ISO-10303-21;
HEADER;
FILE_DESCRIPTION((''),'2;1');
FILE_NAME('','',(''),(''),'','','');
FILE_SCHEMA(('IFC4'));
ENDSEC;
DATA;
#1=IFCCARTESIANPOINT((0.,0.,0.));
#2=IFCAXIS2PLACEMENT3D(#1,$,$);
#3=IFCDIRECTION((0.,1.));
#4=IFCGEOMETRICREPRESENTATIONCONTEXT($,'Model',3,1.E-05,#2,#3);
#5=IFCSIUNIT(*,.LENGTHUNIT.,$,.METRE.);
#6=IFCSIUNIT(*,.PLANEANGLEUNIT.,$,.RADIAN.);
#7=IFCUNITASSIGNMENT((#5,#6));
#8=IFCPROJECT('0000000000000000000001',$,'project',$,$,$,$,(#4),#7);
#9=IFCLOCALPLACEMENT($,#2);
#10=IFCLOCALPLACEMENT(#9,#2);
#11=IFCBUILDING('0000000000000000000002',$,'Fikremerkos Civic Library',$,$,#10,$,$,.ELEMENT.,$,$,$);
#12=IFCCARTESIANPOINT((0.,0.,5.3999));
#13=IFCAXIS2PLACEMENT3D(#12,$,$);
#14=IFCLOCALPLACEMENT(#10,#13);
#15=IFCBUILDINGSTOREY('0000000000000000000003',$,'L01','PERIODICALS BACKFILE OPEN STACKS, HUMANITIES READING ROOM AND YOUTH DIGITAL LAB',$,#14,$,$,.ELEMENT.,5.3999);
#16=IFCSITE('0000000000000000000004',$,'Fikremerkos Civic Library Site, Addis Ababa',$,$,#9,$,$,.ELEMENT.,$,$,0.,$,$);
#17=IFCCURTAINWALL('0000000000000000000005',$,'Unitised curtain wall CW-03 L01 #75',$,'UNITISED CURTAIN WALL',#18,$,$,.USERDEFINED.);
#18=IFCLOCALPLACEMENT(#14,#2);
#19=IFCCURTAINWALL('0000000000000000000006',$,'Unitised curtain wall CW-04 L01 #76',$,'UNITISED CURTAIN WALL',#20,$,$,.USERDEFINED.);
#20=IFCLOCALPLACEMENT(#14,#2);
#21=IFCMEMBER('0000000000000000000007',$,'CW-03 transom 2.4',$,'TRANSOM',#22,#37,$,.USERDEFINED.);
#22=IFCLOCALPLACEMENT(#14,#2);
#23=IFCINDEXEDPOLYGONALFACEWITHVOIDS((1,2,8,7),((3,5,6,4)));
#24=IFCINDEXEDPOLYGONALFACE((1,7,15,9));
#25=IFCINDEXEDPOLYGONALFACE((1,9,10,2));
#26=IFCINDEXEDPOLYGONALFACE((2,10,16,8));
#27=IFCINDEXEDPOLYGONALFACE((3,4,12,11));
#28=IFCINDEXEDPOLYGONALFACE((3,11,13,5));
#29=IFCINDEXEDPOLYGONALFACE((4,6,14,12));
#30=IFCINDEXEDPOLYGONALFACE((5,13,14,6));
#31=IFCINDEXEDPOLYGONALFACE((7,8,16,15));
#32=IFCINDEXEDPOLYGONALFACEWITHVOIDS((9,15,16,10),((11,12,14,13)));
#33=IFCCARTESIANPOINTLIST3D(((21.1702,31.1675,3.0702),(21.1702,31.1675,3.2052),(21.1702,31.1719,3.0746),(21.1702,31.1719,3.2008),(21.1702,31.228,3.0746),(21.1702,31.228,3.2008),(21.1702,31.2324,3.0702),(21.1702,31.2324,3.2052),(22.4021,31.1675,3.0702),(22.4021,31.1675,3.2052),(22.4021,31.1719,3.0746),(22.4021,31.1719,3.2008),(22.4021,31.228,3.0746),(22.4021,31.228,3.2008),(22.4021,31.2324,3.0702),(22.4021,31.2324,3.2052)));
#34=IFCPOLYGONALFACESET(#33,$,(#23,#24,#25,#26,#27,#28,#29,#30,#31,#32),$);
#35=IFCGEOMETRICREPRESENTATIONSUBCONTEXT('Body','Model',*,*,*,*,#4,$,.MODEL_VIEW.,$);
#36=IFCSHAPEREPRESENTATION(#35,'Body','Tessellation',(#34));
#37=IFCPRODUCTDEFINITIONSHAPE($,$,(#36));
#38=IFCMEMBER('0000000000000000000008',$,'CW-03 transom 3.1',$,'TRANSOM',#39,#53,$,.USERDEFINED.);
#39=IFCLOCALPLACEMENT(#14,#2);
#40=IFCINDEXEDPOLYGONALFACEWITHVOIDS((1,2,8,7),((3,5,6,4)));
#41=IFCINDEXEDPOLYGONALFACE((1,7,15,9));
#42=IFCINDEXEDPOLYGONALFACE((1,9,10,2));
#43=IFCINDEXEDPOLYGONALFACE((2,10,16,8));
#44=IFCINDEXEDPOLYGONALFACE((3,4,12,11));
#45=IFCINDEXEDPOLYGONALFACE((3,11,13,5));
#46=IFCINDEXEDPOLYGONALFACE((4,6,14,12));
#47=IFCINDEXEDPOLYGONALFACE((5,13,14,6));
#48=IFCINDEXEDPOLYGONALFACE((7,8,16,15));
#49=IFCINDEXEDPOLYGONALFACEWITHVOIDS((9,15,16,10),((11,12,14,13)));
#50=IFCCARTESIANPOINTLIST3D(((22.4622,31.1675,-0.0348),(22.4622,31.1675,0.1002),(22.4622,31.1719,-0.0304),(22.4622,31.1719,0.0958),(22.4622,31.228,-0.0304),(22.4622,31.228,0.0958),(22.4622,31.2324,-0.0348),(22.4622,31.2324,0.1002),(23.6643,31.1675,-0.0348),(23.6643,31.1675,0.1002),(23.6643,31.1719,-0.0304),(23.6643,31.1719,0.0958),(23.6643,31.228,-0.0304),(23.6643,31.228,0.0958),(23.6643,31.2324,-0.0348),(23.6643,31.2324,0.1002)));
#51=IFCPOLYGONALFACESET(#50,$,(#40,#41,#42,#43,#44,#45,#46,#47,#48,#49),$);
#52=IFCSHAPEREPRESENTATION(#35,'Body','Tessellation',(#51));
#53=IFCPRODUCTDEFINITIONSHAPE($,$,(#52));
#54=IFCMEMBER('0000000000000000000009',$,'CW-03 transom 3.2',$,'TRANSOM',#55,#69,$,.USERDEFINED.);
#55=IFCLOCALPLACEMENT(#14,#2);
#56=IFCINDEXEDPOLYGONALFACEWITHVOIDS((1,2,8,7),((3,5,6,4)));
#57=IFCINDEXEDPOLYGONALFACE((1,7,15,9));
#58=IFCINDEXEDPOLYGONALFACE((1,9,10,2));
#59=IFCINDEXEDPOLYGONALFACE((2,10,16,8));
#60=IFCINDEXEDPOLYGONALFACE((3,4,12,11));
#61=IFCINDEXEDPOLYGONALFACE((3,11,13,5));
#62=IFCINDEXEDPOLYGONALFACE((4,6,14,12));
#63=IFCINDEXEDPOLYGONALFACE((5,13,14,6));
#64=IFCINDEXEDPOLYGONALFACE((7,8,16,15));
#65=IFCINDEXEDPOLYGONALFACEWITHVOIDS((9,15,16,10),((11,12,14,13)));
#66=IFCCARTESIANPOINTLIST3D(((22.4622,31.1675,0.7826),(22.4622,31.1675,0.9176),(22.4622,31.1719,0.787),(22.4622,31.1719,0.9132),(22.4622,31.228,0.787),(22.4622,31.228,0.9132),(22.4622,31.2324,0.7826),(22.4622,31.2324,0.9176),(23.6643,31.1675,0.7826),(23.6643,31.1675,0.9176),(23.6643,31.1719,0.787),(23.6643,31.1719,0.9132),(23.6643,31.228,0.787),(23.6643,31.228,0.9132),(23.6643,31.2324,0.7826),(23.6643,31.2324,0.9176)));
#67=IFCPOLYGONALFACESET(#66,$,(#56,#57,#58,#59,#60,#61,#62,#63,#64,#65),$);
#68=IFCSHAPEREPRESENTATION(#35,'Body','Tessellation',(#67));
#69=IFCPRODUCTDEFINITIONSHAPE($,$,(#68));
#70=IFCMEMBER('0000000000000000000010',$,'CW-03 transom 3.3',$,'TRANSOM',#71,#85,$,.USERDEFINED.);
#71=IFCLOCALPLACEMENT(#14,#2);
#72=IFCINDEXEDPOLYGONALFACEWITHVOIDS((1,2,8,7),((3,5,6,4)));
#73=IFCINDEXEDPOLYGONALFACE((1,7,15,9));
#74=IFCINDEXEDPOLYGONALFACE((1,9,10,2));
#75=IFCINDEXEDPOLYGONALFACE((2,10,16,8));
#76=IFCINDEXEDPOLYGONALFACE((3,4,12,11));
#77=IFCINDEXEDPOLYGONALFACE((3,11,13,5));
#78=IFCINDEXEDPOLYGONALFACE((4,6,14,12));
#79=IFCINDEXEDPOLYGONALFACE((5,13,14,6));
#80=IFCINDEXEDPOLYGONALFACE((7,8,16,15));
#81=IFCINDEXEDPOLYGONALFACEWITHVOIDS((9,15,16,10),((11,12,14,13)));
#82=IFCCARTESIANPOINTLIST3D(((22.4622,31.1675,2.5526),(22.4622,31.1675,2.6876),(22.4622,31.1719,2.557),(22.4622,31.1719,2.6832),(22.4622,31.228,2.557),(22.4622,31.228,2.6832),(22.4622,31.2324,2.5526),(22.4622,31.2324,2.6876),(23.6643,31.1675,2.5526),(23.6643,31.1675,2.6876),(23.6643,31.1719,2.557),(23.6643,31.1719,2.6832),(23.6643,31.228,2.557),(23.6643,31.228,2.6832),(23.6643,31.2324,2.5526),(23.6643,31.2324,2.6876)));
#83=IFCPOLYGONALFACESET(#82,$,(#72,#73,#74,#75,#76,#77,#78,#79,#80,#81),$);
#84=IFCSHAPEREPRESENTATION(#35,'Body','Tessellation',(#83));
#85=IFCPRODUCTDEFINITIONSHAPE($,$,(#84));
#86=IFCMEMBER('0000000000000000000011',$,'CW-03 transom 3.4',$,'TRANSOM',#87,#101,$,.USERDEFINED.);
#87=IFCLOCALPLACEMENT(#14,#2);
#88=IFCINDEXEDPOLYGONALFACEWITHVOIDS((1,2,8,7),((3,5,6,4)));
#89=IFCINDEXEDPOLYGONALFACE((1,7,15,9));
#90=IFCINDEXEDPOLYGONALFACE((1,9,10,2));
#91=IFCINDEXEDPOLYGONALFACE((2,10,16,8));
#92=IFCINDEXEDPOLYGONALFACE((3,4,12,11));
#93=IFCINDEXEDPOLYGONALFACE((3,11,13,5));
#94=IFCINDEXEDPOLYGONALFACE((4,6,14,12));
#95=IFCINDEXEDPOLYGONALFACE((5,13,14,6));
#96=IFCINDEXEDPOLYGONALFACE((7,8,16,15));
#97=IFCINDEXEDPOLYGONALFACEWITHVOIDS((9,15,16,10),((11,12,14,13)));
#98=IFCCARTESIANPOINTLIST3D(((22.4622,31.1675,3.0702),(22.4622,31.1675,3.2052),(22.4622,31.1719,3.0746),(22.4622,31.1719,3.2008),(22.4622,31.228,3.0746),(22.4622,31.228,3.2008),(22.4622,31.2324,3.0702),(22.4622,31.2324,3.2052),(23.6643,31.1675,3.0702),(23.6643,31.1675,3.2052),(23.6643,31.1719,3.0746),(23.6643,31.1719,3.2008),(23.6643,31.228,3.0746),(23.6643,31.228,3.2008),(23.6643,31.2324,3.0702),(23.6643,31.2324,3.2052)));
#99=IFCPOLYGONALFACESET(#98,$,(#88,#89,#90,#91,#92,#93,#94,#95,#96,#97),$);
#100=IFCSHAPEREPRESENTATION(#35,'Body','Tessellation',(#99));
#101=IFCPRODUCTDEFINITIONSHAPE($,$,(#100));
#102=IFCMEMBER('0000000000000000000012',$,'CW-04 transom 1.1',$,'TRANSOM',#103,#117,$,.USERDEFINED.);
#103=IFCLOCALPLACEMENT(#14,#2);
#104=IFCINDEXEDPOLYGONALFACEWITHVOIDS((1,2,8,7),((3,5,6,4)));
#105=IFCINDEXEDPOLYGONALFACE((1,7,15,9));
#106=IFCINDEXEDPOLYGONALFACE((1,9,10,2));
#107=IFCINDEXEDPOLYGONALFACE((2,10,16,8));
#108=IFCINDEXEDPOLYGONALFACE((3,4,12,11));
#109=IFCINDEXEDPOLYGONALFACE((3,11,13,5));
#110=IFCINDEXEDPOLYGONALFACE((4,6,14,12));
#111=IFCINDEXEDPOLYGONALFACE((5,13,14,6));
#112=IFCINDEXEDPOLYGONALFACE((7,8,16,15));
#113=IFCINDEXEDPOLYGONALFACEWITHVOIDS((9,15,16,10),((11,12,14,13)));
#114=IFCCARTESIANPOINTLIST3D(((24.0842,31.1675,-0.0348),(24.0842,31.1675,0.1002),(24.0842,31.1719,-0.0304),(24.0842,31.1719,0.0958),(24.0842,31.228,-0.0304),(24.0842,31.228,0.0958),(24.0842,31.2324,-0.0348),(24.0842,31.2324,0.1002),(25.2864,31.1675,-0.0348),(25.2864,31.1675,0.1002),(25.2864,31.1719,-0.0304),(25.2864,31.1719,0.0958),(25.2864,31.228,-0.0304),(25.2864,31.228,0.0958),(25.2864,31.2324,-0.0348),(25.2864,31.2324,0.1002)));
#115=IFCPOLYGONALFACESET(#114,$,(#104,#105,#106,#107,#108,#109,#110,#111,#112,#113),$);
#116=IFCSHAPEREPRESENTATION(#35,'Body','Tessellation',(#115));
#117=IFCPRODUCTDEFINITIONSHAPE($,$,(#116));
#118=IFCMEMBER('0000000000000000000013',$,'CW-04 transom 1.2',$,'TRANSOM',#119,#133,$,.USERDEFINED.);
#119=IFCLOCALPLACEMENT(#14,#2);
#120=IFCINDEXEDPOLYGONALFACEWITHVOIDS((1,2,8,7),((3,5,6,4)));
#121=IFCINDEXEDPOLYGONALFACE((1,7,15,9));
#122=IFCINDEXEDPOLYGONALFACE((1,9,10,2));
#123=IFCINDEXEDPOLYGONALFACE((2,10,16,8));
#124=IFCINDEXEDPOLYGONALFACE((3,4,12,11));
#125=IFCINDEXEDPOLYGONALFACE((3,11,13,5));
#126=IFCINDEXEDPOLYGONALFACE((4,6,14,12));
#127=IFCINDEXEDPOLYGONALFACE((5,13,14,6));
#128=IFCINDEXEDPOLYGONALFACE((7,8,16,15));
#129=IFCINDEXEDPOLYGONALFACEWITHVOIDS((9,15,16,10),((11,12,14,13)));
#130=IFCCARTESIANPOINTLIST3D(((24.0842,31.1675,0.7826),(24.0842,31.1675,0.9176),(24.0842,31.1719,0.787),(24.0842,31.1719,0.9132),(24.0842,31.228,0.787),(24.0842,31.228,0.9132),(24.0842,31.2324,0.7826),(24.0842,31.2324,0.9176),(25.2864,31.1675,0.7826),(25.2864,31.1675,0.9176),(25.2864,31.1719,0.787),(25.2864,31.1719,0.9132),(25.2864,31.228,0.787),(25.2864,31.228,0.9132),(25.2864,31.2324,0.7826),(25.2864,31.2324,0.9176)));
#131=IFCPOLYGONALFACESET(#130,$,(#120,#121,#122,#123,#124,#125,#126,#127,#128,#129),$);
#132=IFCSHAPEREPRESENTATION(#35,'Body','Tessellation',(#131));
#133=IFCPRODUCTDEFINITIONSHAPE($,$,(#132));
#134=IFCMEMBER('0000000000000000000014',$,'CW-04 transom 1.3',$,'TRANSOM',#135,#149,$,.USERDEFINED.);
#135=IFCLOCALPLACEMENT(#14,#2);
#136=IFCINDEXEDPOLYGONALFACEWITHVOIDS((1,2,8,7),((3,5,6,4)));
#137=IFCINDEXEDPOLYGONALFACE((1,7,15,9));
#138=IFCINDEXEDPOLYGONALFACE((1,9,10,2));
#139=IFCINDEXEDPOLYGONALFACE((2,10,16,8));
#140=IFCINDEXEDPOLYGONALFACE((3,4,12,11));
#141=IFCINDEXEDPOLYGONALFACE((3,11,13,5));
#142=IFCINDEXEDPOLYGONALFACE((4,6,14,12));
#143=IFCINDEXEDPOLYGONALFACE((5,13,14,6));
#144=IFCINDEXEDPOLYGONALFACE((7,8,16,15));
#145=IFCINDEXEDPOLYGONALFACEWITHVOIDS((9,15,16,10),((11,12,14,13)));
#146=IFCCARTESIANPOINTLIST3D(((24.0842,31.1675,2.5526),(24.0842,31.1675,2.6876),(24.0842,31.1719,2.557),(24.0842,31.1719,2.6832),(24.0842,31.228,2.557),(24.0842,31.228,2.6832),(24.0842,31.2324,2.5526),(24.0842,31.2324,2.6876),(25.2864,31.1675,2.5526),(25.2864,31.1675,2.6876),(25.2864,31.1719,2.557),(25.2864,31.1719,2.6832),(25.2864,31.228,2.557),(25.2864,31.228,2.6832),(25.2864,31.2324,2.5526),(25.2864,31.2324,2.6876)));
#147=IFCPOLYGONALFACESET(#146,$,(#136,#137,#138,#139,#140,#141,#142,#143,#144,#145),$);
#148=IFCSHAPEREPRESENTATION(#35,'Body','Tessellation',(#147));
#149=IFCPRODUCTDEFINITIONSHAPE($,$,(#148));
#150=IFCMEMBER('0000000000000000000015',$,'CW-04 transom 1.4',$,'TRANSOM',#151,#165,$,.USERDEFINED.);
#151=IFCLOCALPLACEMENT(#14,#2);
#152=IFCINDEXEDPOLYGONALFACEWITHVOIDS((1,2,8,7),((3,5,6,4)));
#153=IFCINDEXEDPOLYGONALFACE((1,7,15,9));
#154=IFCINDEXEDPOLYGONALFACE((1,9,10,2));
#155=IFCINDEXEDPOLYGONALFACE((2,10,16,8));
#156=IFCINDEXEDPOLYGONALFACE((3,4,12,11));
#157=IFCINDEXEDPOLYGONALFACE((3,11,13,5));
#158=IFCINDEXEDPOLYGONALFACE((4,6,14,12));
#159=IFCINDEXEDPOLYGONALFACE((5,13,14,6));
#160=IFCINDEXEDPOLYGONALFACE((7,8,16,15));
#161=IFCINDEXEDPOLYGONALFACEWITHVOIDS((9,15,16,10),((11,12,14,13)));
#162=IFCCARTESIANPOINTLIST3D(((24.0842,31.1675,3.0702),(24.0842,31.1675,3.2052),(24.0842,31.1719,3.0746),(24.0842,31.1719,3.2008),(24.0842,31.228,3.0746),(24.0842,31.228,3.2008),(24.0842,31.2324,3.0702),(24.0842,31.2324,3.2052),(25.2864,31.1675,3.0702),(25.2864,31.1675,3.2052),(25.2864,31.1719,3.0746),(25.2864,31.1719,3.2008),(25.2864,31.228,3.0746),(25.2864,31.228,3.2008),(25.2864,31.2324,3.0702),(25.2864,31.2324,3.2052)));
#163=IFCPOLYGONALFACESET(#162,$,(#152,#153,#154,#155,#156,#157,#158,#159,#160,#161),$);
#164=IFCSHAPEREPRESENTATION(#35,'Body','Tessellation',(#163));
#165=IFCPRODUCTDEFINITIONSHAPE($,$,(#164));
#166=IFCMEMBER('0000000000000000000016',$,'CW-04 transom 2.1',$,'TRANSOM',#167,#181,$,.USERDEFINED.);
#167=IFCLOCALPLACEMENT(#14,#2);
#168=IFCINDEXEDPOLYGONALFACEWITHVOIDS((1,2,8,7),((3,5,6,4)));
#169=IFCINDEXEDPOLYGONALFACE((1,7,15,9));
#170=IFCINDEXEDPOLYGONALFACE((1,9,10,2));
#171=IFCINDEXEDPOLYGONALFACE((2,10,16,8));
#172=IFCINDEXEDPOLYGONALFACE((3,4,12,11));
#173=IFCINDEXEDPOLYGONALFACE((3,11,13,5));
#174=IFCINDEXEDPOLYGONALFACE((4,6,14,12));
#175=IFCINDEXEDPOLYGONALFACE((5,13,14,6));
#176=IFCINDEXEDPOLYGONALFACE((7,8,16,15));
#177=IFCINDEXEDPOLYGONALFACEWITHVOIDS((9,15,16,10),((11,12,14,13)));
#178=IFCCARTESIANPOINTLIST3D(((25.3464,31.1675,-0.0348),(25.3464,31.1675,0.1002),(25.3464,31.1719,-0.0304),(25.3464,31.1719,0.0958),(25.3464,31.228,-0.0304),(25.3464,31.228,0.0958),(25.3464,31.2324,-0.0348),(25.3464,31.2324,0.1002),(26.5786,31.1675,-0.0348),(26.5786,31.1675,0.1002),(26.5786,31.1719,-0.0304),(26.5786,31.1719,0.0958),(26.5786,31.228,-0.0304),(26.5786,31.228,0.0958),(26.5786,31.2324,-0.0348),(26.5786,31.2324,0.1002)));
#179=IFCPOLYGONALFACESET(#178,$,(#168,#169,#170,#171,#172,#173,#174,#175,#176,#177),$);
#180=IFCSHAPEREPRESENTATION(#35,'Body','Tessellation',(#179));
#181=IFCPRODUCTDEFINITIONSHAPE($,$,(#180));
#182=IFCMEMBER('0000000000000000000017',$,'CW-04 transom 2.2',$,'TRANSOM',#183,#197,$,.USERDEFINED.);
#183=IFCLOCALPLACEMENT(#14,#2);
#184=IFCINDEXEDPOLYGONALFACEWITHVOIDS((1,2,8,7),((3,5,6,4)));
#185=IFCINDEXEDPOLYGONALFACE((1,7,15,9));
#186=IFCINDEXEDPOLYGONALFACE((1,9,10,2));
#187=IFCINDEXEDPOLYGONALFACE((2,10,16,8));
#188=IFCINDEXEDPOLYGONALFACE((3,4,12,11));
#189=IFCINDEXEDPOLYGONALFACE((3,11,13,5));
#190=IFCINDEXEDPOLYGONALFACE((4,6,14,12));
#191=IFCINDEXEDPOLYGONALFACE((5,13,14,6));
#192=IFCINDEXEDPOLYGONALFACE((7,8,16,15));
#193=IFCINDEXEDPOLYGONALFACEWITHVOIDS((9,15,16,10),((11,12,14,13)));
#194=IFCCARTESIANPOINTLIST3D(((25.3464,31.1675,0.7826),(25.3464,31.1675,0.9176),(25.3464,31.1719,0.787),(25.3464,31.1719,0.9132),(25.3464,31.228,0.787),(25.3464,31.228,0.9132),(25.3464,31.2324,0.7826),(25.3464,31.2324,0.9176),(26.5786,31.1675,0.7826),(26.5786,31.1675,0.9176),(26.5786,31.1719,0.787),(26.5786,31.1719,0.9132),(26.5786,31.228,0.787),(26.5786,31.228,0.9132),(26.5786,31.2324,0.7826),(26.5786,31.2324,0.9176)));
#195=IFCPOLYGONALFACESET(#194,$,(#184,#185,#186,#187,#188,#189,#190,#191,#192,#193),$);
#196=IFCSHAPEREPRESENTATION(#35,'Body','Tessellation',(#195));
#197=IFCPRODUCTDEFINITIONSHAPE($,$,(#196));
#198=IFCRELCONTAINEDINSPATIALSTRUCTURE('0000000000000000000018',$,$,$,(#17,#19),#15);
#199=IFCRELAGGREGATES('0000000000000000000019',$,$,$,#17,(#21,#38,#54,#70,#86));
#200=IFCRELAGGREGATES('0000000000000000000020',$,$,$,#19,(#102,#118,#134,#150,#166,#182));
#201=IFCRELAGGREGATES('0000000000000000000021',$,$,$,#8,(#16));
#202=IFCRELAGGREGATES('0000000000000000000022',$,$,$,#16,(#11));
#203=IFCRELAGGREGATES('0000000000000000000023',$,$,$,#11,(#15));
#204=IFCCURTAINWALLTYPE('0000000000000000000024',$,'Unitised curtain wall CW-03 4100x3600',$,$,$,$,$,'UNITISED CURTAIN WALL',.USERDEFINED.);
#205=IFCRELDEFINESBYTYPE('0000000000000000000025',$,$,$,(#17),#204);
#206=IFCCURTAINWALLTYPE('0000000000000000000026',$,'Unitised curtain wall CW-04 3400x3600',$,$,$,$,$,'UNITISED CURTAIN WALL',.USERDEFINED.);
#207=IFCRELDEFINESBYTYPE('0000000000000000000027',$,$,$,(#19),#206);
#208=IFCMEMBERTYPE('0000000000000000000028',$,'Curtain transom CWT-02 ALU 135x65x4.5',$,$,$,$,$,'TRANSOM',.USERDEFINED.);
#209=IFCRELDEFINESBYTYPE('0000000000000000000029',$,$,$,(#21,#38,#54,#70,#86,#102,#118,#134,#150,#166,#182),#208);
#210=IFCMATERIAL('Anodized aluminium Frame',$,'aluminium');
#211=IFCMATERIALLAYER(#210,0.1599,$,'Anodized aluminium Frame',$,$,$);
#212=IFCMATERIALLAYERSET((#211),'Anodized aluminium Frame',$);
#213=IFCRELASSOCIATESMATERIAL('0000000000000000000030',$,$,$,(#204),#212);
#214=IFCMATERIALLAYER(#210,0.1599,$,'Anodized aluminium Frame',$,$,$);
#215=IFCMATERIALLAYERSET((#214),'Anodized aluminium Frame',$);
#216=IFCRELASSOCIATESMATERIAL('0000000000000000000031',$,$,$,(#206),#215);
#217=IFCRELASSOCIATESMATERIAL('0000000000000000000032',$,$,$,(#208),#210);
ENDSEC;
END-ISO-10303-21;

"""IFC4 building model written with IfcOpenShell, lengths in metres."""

from ifc_helpers import new_model, si_unit, direction, frame, origin, origin_2d, place, context, subcontext, project, spatial, hollow_rectangle, extrude, material, layer, layer_set, material_profile, profile_set, type_object, element, aggregate, save


model = new_model("IFC4")

# Units and contexts
model_context = context("Model", 3, precision=1e-05, world=origin(), true_north=direction((0.0, 1.0)))
body_context = subcontext(model_context, "Body", "Model", "MODEL_VIEW")
ifc_project = project(units=[si_unit("LENGTHUNIT", "METRE"), si_unit("PLANEANGLEUNIT", "RADIAN")], contexts=[model_context])

# Site, building, storey
site_placement = place(None, origin())
site = spatial("IfcSite", under=ifc_project, at=site_placement, Name="Fikremerkos Civic Library Site, Addis Ababa", CompositionType="ELEMENT", RefElevation=0.0)
building_placement = place(site_placement, origin())
building = spatial("IfcBuilding", under=site, at=building_placement, Name="Fikremerkos Civic Library", CompositionType="ELEMENT")
storey_placement = place(building_placement, frame((0.0, 0.0, 5.3999)))
storey = spatial("IfcBuildingStorey", under=building, at=storey_placement, Name="L01", Description="PERIODICALS BACKFILE OPEN STACKS, HUMANITIES READING ROOM AND YOUTH DIGITAL LAB", CompositionType="ELEMENT", Elevation=5.3999)

# Curtain walls
ifc_material_1 = material(Name="Anodized aluminium Frame", Category="aluminium")
ifc_layer_1 = layer(ifc_material_1, 0.1599, Name="Anodized aluminium Frame")
ifc_layer_set_1 = layer_set([ifc_layer_1], Name="Anodized aluminium Frame")
curtain_wall_type_1 = type_object("IfcCurtainWallType", Name="Unitised curtain wall CW-03 4100x3600", ElementType="UNITISED CURTAIN WALL", PredefinedType="USERDEFINED", material=ifc_layer_set_1)
curtain_wall_1_placement = place(storey_placement, origin())
curtain_wall_1 = element("IfcCurtainWall", 1, at=curtain_wall_1_placement, inside=storey, type_object=curtain_wall_type_1, Name="Unitised curtain wall CW-03 L01 #75", ObjectType="UNITISED CURTAIN WALL", PredefinedType="USERDEFINED")
ifc_layer_2 = layer(ifc_material_1, 0.1599, Name="Anodized aluminium Frame")
ifc_layer_set_2 = layer_set([ifc_layer_2], Name="Anodized aluminium Frame")
curtain_wall_type_2 = type_object("IfcCurtainWallType", Name="Unitised curtain wall CW-04 3400x3600", ElementType="UNITISED CURTAIN WALL", PredefinedType="USERDEFINED", material=ifc_layer_set_2)
curtain_wall_2_placement = place(storey_placement, origin())
curtain_wall_2 = element("IfcCurtainWall", 2, at=curtain_wall_2_placement, inside=storey, type_object=curtain_wall_type_2, Name="Unitised curtain wall CW-04 L01 #76", ObjectType="UNITISED CURTAIN WALL", PredefinedType="USERDEFINED")

# Members
ifc_material_profile_1 = material_profile(ifc_material_1, hollow_rectangle(XDim=0.0649, YDim=0.135, WallThickness=0.0044, at=origin_2d()), Name="ALU 135x65x4.5")
ifc_profile_set_1 = profile_set([ifc_material_profile_1], Name="Anodized aluminium Frame")
member_type_1 = type_object("IfcMemberType", Name="Curtain transom CWT-02 ALU 135x65x4.5", ElementType="TRANSOM", PredefinedType="USERDEFINED", material=ifc_profile_set_1)
member_1_placement = place(storey_placement, frame((21.1702, 31.2, 3.1377), z_axis=(1.0, 0.0, 0.0), x_axis=(0.0, 1.0, 0.0)))
member_1 = element("IfcMember", 3, at=member_1_placement, type_object=member_type_1, Name="CW-03 transom 2.4", ObjectType="TRANSOM", PredefinedType="USERDEFINED", context=body_context, shape_type="SweptSolid", body=[
    extrude(hollow_rectangle(XDim=0.0649, YDim=0.135, WallThickness=0.0044, at=origin_2d()), origin(), (0.0, 0.0, 1.0), 1.2319),
])
member_2_placement = place(storey_placement, frame((22.4622, 31.2, 0.0327), z_axis=(1.0, 0.0, 0.0), x_axis=(0.0, 1.0, 0.0)))
member_2 = element("IfcMember", 4, at=member_2_placement, type_object=member_type_1, Name="CW-03 transom 3.1", ObjectType="TRANSOM", PredefinedType="USERDEFINED", context=body_context, shape_type="SweptSolid", body=[
    extrude(hollow_rectangle(XDim=0.0649, YDim=0.135, WallThickness=0.0044, at=origin_2d()), origin(), (0.0, 0.0, 1.0), 1.2021),
])
member_3_placement = place(storey_placement, frame((22.4622, 31.2, 0.8501), z_axis=(1.0, 0.0, 0.0), x_axis=(0.0, 1.0, 0.0)))
member_3 = element("IfcMember", 5, at=member_3_placement, type_object=member_type_1, Name="CW-03 transom 3.2", ObjectType="TRANSOM", PredefinedType="USERDEFINED", context=body_context, shape_type="SweptSolid", body=[
    extrude(hollow_rectangle(XDim=0.0649, YDim=0.135, WallThickness=0.0044, at=origin_2d()), origin(), (0.0, 0.0, 1.0), 1.2021),
])
member_4_placement = place(storey_placement, frame((22.4622, 31.2, 2.6201), z_axis=(1.0, 0.0, 0.0), x_axis=(0.0, 1.0, 0.0)))
member_4 = element("IfcMember", 6, at=member_4_placement, type_object=member_type_1, Name="CW-03 transom 3.3", ObjectType="TRANSOM", PredefinedType="USERDEFINED", context=body_context, shape_type="SweptSolid", body=[
    extrude(hollow_rectangle(XDim=0.0649, YDim=0.135, WallThickness=0.0044, at=origin_2d()), origin(), (0.0, 0.0, 1.0), 1.2021),
])
member_5_placement = place(storey_placement, frame((22.4622, 31.2, 3.1377), z_axis=(1.0, 0.0, 0.0), x_axis=(0.0, 1.0, 0.0)))
member_5 = element("IfcMember", 7, at=member_5_placement, type_object=member_type_1, Name="CW-03 transom 3.4", ObjectType="TRANSOM", PredefinedType="USERDEFINED", context=body_context, shape_type="SweptSolid", body=[
    extrude(hollow_rectangle(XDim=0.0649, YDim=0.135, WallThickness=0.0044, at=origin_2d()), origin(), (0.0, 0.0, 1.0), 1.2021),
])
member_6_placement = place(storey_placement, frame((24.0842, 31.2, 0.0327), z_axis=(1.0, 0.0, 0.0), x_axis=(0.0, 1.0, 0.0)))
member_6 = element("IfcMember", 8, at=member_6_placement, type_object=member_type_1, Name="CW-04 transom 1.1", ObjectType="TRANSOM", PredefinedType="USERDEFINED", context=body_context, shape_type="SweptSolid", body=[
    extrude(hollow_rectangle(XDim=0.0649, YDim=0.135, WallThickness=0.0044, at=origin_2d()), origin(), (0.0, 0.0, 1.0), 1.2021),
])
member_7_placement = place(storey_placement, frame((24.0842, 31.2, 0.8501), z_axis=(1.0, 0.0, 0.0), x_axis=(0.0, 1.0, 0.0)))
member_7 = element("IfcMember", 9, at=member_7_placement, type_object=member_type_1, Name="CW-04 transom 1.2", ObjectType="TRANSOM", PredefinedType="USERDEFINED", context=body_context, shape_type="SweptSolid", body=[
    extrude(hollow_rectangle(XDim=0.0649, YDim=0.135, WallThickness=0.0044, at=origin_2d()), origin(), (0.0, 0.0, 1.0), 1.2021),
])
member_8_placement = place(storey_placement, frame((24.0842, 31.2, 2.6201), z_axis=(1.0, 0.0, 0.0), x_axis=(0.0, 1.0, 0.0)))
member_8 = element("IfcMember", 10, at=member_8_placement, type_object=member_type_1, Name="CW-04 transom 1.3", ObjectType="TRANSOM", PredefinedType="USERDEFINED", context=body_context, shape_type="SweptSolid", body=[
    extrude(hollow_rectangle(XDim=0.0649, YDim=0.135, WallThickness=0.0044, at=origin_2d()), origin(), (0.0, 0.0, 1.0), 1.2021),
])
member_9_placement = place(storey_placement, frame((24.0842, 31.2, 3.1377), z_axis=(1.0, 0.0, 0.0), x_axis=(0.0, 1.0, 0.0)))
member_9 = element("IfcMember", 11, at=member_9_placement, type_object=member_type_1, Name="CW-04 transom 1.4", ObjectType="TRANSOM", PredefinedType="USERDEFINED", context=body_context, shape_type="SweptSolid", body=[
    extrude(hollow_rectangle(XDim=0.0649, YDim=0.135, WallThickness=0.0044, at=origin_2d()), origin(), (0.0, 0.0, 1.0), 1.2021),
])
member_10_placement = place(storey_placement, frame((25.3464, 31.2, 0.0327), z_axis=(1.0, 0.0, 0.0), x_axis=(0.0, 1.0, 0.0)))
member_10 = element("IfcMember", 12, at=member_10_placement, type_object=member_type_1, Name="CW-04 transom 2.1", ObjectType="TRANSOM", PredefinedType="USERDEFINED", context=body_context, shape_type="SweptSolid", body=[
    extrude(hollow_rectangle(XDim=0.0649, YDim=0.135, WallThickness=0.0044, at=origin_2d()), origin(), (0.0, 0.0, 1.0), 1.2322),
])
member_11_placement = place(storey_placement, frame((25.3464, 31.2, 0.8501), z_axis=(1.0, 0.0, 0.0), x_axis=(0.0, 1.0, 0.0)))
member_11 = element("IfcMember", 13, at=member_11_placement, type_object=member_type_1, Name="CW-04 transom 2.2", ObjectType="TRANSOM", PredefinedType="USERDEFINED", context=body_context, shape_type="SweptSolid", body=[
    extrude(hollow_rectangle(XDim=0.0649, YDim=0.135, WallThickness=0.0044, at=origin_2d()), origin(), (0.0, 0.0, 1.0), 1.2322),
])

aggregate(curtain_wall_1, [member_1, member_2, member_3, member_4, member_5])
aggregate(curtain_wall_2, [member_6, member_7, member_8, member_9, member_10, member_11])

save(model, "model.ifc")
